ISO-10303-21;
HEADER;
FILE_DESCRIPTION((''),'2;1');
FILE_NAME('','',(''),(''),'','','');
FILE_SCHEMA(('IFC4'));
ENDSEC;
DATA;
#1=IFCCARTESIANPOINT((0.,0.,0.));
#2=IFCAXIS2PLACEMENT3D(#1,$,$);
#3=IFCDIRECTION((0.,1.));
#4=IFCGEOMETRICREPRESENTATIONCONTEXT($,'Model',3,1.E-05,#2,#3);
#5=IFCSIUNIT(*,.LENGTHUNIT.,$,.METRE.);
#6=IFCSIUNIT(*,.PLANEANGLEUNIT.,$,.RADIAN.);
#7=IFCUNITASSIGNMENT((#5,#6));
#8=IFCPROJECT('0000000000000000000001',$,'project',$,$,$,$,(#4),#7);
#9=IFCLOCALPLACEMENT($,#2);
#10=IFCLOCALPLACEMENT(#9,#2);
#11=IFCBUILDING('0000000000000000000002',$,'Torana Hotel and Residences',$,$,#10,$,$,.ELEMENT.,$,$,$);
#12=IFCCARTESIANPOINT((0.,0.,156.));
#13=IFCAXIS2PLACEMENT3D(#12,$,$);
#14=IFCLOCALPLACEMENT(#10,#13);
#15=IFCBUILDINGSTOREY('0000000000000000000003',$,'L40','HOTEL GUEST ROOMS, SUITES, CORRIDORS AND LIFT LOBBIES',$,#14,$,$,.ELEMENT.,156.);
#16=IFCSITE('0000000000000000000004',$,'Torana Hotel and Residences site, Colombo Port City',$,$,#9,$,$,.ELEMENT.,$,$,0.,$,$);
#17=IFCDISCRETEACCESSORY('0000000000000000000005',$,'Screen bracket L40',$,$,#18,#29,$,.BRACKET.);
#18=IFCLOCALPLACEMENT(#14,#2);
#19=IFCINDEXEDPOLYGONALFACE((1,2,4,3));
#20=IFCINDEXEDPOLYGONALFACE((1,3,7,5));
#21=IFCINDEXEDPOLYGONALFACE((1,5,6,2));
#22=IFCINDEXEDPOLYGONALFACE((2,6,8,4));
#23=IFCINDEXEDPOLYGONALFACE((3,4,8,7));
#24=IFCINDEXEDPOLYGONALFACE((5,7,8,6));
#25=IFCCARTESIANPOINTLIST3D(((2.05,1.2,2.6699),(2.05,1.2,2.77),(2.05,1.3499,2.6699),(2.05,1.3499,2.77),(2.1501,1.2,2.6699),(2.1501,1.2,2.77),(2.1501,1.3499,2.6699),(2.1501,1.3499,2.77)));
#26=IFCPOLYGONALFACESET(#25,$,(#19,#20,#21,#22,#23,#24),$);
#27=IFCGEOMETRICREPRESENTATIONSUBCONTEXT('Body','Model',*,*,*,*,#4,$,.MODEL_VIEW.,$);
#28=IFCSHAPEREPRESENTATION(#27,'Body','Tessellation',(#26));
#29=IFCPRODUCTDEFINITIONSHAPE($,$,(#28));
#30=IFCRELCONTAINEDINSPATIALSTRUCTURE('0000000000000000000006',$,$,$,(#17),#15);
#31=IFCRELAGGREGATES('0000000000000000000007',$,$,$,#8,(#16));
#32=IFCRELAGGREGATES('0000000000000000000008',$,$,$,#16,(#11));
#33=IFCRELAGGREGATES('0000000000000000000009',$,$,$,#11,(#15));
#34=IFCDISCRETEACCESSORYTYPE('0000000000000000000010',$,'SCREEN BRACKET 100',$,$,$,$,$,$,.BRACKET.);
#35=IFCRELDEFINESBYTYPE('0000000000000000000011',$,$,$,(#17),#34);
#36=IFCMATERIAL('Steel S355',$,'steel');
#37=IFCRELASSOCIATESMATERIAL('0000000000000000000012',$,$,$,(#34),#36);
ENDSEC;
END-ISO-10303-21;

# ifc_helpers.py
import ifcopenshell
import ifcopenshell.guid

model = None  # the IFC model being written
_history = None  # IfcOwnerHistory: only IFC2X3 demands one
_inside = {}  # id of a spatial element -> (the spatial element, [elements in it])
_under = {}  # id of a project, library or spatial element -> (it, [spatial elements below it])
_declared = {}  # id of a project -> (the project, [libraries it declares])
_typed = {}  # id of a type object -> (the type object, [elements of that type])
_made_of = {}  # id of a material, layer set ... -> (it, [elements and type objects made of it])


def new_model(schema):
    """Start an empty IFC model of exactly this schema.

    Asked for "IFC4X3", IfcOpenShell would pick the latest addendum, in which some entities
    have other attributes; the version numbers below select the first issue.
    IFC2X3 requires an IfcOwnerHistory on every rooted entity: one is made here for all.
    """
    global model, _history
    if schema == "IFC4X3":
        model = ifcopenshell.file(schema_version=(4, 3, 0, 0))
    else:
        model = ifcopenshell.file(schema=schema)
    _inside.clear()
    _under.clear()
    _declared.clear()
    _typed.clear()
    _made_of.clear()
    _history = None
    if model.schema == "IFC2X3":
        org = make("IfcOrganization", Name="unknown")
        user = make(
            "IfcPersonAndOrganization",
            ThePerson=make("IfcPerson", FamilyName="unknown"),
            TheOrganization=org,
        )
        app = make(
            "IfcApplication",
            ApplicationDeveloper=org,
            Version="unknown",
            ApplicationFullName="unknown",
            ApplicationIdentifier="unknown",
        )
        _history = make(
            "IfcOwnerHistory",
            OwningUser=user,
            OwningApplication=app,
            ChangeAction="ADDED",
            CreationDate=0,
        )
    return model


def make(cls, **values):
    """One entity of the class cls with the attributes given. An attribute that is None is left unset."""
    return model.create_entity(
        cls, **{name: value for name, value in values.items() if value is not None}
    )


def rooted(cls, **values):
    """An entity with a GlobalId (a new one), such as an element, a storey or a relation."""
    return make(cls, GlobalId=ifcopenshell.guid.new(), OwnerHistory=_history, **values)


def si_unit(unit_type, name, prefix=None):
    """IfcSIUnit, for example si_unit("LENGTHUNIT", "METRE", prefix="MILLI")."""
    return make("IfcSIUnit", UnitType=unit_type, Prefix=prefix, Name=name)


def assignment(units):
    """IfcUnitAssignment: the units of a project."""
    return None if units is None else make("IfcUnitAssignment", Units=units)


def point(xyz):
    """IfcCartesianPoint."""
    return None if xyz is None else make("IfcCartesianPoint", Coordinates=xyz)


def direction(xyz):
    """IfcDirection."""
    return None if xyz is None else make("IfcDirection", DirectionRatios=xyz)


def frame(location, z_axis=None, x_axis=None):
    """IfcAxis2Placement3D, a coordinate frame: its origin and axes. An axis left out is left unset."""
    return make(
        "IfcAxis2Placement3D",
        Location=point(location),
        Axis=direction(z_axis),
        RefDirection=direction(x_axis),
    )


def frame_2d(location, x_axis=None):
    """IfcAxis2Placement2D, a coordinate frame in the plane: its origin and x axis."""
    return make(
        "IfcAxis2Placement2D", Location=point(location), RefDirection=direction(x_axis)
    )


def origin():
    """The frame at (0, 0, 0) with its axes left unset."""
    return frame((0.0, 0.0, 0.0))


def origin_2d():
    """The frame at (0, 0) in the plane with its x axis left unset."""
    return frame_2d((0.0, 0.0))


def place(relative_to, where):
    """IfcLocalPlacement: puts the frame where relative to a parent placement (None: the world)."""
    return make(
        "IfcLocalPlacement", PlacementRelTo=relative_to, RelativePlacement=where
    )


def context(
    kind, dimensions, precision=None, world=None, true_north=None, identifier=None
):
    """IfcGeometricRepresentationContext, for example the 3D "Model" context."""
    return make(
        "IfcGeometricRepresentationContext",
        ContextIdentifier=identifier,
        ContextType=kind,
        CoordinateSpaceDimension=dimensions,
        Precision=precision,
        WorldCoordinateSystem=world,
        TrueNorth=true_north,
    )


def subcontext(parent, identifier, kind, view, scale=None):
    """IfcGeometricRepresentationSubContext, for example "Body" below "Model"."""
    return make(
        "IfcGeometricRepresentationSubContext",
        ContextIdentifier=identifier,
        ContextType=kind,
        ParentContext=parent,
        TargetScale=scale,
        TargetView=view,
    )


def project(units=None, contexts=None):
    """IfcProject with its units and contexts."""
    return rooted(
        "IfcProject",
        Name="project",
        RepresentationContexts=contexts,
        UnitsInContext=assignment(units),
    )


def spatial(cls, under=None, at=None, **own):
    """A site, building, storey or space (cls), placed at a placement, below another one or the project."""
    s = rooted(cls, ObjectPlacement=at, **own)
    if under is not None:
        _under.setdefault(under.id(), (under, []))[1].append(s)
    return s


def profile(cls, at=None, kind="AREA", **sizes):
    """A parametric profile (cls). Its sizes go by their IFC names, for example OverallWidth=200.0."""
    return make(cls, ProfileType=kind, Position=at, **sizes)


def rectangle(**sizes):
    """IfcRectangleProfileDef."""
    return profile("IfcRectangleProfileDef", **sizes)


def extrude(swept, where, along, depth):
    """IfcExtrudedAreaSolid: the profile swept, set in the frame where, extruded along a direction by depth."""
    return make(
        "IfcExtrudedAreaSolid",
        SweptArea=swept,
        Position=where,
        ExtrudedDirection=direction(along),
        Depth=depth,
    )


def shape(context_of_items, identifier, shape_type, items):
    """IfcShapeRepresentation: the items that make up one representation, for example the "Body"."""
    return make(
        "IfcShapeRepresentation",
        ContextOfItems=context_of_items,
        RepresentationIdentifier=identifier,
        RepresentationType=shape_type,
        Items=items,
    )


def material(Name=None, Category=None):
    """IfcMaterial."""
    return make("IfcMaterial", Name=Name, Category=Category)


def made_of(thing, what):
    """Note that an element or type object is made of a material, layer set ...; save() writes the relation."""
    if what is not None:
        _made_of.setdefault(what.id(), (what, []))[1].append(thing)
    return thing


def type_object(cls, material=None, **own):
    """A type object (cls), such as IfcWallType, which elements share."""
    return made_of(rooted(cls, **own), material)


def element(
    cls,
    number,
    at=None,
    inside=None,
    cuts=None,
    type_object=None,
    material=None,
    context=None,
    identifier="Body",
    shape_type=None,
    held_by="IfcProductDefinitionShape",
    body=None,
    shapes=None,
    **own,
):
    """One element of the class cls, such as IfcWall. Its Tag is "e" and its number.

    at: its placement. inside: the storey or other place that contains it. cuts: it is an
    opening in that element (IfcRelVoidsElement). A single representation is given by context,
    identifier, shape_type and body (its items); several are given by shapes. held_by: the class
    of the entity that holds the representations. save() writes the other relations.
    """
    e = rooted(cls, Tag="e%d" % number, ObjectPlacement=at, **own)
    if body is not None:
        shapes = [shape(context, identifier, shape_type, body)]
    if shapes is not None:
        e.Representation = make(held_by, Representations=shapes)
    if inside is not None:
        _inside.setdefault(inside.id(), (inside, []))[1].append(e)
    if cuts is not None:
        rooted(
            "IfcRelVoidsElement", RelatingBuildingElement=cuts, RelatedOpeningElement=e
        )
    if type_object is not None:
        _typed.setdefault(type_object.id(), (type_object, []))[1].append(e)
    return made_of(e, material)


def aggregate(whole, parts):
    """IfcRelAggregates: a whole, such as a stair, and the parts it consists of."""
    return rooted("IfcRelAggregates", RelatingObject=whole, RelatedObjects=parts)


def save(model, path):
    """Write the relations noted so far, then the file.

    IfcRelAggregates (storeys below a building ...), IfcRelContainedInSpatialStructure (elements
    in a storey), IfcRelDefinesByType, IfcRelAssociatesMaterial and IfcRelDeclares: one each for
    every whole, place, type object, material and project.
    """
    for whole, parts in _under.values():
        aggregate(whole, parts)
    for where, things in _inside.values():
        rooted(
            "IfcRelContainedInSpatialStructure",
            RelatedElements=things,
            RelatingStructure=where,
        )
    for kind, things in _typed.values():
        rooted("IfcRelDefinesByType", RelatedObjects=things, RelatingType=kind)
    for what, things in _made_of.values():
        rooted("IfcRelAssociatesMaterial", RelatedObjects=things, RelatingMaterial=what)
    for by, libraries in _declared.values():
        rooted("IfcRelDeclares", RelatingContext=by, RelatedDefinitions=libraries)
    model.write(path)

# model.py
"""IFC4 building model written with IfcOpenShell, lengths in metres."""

from ifc_helpers import new_model, si_unit, direction, frame, origin, origin_2d, place, context, subcontext, project, spatial, rectangle, extrude, material, type_object, element, save


model = new_model("IFC4")

# Units and contexts
model_context = context("Model", 3, precision=1e-05, world=origin(), true_north=direction((0.0, 1.0)))
body_context = subcontext(model_context, "Body", "Model", "MODEL_VIEW")
ifc_project = project(units=[si_unit("LENGTHUNIT", "METRE"), si_unit("PLANEANGLEUNIT", "RADIAN")], contexts=[model_context])

# Site, building, storey
site_placement = place(None, origin())
site = spatial("IfcSite", under=ifc_project, at=site_placement, Name="Torana Hotel and Residences site, Colombo Port City", CompositionType="ELEMENT", RefElevation=0.0)
building_placement = place(site_placement, origin())
building = spatial("IfcBuilding", under=site, at=building_placement, Name="Torana Hotel and Residences", CompositionType="ELEMENT")
storey_placement = place(building_placement, frame((0.0, 0.0, 156.0)))
storey = spatial("IfcBuildingStorey", under=building, at=storey_placement, Name="L40", Description="HOTEL GUEST ROOMS, SUITES, CORRIDORS AND LIFT LOBBIES", CompositionType="ELEMENT", Elevation=156.0)

# Discrete accessory
ifc_material_1 = material(Name="Steel S355", Category="steel")
discrete_accessory_type = type_object("IfcDiscreteAccessoryType", Name="SCREEN BRACKET 100", PredefinedType="BRACKET", material=ifc_material_1)
for number, where, z_axis, x_axis, name in (
    (1, (2.1001, 1.2749, 2.6699), (0.0, 0.0, 1.0), (-1.0, 0.0, 0.0), "Screen bracket L40"),
):
    element("IfcDiscreteAccessory", number, at=place(storey_placement, frame(where, z_axis=z_axis, x_axis=x_axis)), inside=storey, type_object=discrete_accessory_type, Name=name, PredefinedType="BRACKET", context=body_context, shape_type="SweptSolid", body=[
        extrude(rectangle(XDim=0.1001, YDim=0.1499, at=origin_2d()), origin(), (0.0, 0.0, 1.0), 0.1001),
    ])

save(model, "model.ifc")
